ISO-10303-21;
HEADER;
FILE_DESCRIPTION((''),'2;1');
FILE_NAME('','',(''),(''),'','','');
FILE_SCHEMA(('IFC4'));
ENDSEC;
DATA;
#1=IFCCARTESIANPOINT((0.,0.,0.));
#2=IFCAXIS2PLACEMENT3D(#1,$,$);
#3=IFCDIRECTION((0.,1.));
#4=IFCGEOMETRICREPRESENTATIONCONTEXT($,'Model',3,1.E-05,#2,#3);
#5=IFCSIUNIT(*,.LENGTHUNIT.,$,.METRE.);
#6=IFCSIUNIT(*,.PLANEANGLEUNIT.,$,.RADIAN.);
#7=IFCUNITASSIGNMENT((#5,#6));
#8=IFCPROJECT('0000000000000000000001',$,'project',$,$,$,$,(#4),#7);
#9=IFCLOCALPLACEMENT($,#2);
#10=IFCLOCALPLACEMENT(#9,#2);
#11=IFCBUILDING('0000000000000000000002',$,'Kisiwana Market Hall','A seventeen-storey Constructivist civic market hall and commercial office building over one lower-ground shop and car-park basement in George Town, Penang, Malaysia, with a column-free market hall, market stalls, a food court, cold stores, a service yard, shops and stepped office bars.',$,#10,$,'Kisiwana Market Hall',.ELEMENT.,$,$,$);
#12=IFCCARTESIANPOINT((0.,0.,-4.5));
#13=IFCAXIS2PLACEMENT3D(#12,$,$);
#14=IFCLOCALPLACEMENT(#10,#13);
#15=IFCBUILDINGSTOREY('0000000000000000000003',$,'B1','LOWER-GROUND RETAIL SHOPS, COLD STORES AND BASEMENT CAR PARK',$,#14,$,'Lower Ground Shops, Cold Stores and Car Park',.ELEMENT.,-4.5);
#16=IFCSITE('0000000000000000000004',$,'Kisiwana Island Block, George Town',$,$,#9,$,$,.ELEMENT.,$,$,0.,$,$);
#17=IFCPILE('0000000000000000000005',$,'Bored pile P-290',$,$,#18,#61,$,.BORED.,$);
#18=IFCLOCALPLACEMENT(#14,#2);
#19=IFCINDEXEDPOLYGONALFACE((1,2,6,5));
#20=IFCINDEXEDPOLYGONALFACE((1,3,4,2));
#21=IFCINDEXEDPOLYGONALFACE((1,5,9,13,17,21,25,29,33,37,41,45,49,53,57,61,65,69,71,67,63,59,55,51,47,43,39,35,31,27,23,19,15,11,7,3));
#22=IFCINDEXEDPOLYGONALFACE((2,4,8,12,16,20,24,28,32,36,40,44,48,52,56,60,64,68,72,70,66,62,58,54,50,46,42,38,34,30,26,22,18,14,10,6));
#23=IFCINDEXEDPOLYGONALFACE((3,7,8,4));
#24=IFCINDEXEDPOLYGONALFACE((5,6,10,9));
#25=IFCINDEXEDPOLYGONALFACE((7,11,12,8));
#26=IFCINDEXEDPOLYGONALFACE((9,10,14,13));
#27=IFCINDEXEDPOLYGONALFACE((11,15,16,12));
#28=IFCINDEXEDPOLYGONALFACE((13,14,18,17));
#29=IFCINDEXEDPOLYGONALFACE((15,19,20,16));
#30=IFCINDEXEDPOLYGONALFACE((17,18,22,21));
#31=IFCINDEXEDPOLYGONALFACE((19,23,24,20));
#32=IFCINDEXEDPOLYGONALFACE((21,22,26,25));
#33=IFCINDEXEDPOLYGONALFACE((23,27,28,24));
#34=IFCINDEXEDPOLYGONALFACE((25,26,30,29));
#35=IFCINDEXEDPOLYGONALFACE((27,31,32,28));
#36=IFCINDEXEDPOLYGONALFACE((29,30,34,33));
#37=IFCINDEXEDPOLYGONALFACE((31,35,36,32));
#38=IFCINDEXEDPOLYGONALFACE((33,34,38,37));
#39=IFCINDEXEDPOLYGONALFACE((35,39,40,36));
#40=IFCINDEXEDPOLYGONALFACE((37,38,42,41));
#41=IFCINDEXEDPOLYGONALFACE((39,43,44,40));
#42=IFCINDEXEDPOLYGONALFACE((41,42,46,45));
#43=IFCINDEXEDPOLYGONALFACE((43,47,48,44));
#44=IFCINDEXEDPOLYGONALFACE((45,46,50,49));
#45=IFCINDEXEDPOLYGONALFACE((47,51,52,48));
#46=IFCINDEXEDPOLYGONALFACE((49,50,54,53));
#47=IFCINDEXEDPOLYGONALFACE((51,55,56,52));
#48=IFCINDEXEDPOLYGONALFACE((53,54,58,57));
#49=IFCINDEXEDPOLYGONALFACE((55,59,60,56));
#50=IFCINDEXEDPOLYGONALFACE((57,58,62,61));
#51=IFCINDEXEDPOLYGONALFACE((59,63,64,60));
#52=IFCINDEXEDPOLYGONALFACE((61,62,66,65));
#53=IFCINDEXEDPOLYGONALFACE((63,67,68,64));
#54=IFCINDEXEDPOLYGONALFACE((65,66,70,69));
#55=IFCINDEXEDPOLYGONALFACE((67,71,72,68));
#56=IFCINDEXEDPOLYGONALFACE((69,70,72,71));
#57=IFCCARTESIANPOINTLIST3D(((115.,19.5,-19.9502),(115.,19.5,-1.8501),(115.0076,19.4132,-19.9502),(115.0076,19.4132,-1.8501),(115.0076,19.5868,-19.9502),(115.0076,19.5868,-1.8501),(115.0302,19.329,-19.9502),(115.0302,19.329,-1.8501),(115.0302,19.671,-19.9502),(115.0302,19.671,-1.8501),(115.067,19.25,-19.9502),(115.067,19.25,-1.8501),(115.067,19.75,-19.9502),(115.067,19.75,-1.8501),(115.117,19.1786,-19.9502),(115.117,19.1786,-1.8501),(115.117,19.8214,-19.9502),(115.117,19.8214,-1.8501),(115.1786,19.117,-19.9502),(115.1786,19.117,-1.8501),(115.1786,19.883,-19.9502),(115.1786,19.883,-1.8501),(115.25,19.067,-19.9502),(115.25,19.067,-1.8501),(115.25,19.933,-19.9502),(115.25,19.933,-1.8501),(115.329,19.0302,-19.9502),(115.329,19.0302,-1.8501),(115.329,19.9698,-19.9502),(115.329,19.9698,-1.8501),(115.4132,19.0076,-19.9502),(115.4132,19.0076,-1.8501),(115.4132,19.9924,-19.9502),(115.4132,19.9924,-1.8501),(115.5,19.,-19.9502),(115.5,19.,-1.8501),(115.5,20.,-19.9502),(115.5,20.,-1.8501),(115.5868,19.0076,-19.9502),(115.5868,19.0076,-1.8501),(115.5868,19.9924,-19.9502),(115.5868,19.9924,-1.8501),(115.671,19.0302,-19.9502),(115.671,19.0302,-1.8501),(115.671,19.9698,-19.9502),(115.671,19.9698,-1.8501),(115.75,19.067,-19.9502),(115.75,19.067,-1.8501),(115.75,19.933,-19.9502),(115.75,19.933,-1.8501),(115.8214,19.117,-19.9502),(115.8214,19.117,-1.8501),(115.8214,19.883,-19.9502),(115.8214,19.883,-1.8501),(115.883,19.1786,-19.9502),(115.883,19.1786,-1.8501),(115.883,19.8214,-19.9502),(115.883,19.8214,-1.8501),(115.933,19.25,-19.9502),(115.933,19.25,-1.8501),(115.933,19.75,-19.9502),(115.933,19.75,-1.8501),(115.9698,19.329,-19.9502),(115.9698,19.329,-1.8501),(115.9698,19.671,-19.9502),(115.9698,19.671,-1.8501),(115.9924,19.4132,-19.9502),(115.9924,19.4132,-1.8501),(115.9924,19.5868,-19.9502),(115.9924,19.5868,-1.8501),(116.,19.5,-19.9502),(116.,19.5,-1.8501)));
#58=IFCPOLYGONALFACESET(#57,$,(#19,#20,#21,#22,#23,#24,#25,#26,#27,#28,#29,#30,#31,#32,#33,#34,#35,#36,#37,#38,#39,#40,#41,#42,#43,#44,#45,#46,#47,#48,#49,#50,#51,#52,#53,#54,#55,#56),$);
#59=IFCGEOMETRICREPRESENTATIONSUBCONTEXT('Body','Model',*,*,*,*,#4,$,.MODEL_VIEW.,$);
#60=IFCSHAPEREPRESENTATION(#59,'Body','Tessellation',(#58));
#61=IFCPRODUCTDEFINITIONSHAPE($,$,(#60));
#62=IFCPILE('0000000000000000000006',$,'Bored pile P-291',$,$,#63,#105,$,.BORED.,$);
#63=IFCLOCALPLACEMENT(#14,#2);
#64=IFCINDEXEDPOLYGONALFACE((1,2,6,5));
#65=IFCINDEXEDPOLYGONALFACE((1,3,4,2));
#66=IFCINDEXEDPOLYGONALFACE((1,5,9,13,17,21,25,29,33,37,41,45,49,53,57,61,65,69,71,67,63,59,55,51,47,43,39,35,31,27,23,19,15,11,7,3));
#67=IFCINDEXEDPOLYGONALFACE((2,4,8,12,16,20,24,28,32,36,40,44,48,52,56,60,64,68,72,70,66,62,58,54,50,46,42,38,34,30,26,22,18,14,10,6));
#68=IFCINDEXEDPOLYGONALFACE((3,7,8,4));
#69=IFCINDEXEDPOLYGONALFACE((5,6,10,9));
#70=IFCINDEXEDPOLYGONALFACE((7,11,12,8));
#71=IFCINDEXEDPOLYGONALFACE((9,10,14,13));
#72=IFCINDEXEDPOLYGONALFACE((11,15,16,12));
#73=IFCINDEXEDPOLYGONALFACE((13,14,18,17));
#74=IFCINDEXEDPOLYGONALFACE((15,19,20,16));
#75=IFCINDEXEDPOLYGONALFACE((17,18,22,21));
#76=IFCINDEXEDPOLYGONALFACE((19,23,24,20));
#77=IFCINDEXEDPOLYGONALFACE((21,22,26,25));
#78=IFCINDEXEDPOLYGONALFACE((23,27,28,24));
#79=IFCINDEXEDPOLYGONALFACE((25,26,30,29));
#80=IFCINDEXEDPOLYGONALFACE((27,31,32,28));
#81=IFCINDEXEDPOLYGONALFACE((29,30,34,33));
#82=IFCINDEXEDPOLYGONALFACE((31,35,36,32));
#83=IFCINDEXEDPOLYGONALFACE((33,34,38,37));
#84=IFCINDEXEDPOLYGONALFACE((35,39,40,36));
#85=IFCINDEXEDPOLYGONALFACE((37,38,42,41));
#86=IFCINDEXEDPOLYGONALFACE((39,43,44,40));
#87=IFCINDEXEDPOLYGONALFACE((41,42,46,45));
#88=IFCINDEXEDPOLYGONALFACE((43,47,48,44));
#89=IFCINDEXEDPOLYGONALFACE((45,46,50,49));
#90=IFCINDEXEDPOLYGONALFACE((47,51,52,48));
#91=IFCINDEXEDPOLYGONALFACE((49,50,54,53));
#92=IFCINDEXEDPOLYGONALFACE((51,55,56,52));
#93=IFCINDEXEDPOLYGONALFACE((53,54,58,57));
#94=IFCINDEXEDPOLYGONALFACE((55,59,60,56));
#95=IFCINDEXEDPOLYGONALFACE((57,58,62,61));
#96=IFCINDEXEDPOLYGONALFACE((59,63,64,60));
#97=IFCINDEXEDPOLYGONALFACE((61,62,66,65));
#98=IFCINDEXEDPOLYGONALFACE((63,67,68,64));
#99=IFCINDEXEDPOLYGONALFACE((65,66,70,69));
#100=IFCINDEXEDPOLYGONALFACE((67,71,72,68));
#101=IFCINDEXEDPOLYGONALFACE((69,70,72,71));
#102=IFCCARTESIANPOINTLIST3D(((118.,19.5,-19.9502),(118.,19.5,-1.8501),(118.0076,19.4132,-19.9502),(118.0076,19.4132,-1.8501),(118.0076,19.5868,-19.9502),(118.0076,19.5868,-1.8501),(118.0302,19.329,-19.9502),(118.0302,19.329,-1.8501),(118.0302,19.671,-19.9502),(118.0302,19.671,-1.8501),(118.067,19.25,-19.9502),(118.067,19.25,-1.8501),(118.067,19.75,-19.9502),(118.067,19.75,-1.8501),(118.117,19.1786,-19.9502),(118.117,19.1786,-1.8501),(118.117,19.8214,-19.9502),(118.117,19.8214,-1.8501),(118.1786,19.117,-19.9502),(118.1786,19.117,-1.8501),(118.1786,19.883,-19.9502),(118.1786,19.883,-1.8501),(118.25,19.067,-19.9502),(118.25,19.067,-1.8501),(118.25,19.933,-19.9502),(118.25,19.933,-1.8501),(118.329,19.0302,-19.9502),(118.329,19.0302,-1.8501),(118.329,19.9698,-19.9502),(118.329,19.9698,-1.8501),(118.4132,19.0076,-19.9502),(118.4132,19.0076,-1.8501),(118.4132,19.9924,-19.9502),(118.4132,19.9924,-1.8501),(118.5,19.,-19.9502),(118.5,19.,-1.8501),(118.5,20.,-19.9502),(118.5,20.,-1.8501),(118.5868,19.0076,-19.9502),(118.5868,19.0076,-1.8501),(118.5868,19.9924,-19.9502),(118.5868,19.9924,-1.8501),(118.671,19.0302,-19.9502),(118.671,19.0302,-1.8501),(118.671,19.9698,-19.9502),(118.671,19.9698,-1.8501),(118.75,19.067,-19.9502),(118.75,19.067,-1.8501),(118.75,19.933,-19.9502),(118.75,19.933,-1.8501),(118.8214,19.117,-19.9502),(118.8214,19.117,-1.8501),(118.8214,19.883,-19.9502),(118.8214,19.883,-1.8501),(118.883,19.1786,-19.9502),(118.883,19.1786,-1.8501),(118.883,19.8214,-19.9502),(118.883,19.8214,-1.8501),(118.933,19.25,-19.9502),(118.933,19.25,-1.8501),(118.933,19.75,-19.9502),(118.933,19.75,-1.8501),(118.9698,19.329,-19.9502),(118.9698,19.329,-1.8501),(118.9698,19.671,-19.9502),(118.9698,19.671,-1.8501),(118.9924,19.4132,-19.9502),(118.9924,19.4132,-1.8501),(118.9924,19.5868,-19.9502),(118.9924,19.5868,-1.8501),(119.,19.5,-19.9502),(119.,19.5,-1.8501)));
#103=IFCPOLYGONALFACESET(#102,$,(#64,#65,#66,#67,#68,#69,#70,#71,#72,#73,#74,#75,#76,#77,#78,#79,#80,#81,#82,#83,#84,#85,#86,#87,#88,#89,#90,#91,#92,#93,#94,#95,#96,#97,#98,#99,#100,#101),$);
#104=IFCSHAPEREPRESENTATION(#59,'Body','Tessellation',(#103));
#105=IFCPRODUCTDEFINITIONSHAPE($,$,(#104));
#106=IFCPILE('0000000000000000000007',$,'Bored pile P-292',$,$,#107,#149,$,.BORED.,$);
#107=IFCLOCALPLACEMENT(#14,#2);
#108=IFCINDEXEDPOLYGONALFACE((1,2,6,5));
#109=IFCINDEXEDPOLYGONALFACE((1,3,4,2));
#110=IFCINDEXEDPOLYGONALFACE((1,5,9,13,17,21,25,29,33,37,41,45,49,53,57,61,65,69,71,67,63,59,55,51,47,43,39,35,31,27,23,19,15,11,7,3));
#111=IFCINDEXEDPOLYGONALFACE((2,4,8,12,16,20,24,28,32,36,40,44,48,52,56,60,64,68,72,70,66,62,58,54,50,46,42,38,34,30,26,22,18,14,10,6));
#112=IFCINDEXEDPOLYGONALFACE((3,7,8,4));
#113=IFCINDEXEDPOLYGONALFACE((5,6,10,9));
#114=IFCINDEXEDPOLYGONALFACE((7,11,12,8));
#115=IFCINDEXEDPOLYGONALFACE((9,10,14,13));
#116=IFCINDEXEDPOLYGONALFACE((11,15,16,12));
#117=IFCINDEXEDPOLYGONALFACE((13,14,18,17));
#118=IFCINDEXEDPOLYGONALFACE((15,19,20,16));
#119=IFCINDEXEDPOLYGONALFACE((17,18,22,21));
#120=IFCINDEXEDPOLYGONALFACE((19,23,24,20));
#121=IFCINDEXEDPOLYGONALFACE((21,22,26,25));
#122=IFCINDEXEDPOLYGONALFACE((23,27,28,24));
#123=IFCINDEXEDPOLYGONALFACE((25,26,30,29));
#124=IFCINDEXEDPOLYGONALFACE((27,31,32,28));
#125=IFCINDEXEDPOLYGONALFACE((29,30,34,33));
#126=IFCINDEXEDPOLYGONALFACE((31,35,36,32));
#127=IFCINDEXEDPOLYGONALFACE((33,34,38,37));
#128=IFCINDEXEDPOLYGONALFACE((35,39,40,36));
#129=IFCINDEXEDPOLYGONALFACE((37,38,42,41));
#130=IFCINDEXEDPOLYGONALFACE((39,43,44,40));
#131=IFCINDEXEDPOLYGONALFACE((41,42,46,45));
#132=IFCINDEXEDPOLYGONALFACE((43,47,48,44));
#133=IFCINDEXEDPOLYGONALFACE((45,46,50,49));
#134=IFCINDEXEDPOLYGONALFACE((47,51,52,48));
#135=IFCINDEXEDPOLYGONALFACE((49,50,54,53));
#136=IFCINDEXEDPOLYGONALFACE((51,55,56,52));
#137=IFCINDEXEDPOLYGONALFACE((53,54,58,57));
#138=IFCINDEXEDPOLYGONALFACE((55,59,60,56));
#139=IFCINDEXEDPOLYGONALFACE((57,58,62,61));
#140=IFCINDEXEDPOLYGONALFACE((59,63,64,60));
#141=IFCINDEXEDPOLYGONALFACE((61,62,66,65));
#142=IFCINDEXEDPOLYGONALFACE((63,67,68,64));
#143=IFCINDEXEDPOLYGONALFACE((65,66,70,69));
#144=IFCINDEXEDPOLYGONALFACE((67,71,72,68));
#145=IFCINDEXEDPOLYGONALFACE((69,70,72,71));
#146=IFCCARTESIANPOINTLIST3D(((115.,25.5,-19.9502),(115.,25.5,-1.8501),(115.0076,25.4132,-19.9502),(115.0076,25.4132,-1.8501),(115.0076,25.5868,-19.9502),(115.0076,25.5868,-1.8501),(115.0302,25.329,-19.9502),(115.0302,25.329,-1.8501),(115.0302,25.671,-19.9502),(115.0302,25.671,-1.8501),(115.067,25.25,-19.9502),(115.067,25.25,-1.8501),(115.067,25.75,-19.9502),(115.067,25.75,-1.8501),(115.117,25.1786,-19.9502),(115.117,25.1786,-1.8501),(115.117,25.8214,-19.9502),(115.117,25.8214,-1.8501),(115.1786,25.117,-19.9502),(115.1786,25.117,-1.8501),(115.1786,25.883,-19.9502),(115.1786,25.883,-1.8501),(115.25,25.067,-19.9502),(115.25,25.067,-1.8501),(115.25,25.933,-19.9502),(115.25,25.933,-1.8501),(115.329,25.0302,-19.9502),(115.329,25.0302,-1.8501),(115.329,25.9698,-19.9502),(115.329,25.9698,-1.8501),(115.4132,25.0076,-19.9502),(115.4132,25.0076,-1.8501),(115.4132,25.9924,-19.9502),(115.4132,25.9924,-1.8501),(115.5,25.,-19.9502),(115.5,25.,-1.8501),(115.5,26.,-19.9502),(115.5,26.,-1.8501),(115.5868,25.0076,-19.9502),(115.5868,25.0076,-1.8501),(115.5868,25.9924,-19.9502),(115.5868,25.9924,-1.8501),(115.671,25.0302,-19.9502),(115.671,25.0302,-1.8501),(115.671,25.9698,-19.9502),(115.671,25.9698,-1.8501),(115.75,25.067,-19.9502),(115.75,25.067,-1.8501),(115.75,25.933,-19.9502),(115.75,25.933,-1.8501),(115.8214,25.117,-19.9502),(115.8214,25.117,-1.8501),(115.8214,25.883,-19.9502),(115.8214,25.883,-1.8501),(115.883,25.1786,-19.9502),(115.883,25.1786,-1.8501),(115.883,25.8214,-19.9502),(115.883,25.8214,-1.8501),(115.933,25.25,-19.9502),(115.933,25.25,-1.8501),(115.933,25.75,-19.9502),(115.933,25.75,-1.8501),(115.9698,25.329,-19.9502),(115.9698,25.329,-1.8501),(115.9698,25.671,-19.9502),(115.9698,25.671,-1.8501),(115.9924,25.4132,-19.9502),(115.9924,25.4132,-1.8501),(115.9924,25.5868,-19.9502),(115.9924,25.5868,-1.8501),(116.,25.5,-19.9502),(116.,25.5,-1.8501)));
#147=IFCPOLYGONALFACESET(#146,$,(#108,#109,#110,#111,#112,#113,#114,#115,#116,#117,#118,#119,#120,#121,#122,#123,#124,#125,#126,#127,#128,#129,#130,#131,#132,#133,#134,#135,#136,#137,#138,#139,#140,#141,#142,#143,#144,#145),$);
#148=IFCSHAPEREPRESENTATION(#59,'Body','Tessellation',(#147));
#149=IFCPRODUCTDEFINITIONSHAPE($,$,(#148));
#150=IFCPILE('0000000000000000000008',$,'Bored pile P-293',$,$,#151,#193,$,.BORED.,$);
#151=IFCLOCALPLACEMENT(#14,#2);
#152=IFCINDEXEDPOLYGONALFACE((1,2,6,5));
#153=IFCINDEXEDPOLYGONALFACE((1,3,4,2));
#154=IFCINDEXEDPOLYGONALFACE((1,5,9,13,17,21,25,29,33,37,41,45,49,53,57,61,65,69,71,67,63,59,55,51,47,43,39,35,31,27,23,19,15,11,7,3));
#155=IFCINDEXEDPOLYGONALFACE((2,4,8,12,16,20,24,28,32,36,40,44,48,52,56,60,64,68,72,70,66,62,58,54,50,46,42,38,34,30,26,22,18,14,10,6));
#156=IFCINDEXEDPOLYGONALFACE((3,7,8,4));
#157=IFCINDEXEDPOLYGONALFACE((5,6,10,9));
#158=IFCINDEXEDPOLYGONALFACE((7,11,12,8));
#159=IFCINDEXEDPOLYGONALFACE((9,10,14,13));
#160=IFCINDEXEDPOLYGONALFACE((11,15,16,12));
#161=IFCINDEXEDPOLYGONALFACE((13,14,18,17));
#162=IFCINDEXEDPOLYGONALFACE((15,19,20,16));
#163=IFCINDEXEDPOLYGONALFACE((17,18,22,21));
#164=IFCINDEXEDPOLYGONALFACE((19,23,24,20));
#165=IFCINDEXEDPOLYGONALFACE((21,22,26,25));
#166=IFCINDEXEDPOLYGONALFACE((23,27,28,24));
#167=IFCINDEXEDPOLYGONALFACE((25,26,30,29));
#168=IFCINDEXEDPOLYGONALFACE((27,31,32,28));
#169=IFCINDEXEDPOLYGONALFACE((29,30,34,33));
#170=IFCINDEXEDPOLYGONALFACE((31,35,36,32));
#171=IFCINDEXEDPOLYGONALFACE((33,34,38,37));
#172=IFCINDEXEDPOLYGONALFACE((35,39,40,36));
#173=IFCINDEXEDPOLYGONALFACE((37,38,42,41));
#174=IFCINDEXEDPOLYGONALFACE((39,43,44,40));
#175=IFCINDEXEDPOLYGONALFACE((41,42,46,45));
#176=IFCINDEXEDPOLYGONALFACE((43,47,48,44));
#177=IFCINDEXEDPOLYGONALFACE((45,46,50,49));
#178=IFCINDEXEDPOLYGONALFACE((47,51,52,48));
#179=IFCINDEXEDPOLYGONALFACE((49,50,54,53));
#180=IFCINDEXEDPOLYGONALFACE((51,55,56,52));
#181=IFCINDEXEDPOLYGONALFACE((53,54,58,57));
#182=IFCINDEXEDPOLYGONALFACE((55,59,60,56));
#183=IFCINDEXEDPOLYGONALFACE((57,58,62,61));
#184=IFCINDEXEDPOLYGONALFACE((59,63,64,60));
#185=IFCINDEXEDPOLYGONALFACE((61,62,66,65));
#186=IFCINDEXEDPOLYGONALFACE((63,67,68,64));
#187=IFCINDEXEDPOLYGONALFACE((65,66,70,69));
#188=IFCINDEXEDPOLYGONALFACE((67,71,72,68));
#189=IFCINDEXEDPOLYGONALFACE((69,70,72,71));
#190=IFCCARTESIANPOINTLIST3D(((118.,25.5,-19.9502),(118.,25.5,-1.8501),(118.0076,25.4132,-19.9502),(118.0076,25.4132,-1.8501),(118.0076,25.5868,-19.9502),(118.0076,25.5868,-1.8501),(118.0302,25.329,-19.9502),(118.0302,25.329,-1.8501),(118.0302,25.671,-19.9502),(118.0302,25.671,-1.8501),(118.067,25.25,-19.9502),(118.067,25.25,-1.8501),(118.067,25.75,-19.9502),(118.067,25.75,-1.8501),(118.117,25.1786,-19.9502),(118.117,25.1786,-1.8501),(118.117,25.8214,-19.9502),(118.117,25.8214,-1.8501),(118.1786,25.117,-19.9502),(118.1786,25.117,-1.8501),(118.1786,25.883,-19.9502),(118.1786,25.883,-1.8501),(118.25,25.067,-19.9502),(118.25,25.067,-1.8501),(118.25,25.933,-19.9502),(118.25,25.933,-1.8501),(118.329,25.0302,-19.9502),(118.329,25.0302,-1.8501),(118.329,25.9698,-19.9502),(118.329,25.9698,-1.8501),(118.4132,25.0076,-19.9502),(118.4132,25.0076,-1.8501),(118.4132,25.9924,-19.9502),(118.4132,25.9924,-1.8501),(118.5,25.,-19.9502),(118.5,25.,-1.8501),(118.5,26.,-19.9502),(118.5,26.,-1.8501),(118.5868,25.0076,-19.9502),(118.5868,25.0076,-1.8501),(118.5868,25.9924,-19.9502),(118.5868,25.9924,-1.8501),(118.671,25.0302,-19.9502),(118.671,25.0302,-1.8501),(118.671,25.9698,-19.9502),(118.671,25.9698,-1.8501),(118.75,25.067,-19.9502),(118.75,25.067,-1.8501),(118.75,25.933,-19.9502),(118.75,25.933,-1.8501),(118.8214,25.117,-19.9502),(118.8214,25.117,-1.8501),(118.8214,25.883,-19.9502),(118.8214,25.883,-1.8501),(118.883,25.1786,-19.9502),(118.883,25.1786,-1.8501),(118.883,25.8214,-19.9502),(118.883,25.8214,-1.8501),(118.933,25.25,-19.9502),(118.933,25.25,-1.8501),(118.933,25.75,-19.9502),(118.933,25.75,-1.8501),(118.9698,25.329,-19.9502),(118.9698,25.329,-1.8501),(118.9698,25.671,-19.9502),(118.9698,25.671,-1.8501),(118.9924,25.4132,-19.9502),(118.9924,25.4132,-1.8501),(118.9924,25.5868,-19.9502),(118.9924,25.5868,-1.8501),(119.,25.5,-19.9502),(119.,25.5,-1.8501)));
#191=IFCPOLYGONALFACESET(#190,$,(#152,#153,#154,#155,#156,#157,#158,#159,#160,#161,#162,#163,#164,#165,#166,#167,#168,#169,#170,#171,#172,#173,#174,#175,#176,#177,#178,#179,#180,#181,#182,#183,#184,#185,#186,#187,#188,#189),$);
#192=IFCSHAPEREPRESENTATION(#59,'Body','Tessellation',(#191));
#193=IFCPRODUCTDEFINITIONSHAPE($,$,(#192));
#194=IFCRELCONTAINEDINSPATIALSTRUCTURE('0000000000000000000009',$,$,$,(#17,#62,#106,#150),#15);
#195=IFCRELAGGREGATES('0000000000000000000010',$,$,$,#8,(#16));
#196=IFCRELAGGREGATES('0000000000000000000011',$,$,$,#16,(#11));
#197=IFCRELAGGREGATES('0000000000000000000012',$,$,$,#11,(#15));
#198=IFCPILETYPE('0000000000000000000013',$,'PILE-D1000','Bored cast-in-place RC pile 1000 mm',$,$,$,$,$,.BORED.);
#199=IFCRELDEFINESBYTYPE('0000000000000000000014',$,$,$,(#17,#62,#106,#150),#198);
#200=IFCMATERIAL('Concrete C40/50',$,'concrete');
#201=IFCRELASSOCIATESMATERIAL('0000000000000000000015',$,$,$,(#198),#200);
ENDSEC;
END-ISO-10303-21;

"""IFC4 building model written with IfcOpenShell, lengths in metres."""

from ifc_helpers import new_model, si_unit, direction, frame, origin, origin_2d, place, context, subcontext, project, spatial, circle, extrude, material, material_profile, profile_set, type_object, element, save


model = new_model("IFC4")

# Units and contexts
model_context = context("Model", 3, precision=1e-05, world=origin(), true_north=direction((0.0, 1.0)))
body_context = subcontext(model_context, "Body", "Model", "MODEL_VIEW")
ifc_project = project(units=[si_unit("LENGTHUNIT", "METRE"), si_unit("PLANEANGLEUNIT", "RADIAN")], contexts=[model_context])

# Site, building, storey
site_placement = place(None, origin())
site = spatial("IfcSite", under=ifc_project, at=site_placement, Name="Kisiwana Island Block, George Town", CompositionType="ELEMENT", RefElevation=0.0)
building_placement = place(site_placement, origin())
building = spatial("IfcBuilding", under=site, at=building_placement, Name="Kisiwana Market Hall", Description="A seventeen-storey Constructivist civic market hall and commercial office building over one lower-ground shop and car-park basement in George Town, Penang, Malaysia, with a column-free market hall, market stalls, a food court, cold stores, a service yard, shops and stepped office bars.", LongName="Kisiwana Market Hall", CompositionType="ELEMENT")
storey_placement = place(building_placement, frame((0.0, 0.0, -4.5)))
storey = spatial("IfcBuildingStorey", under=building, at=storey_placement, Name="B1", Description="LOWER-GROUND RETAIL SHOPS, COLD STORES AND BASEMENT CAR PARK", LongName="Lower Ground Shops, Cold Stores and Car Park", CompositionType="ELEMENT", Elevation=-4.5)

# Piles
ifc_material_1 = material(Name="Concrete C40/50", Category="concrete")
ifc_material_profile_1 = material_profile(ifc_material_1, circle(Radius=0.5, at=origin_2d()), Name="BP D1000")
ifc_profile_set_1 = profile_set([ifc_material_profile_1], Name="Concrete C40/50")
pile_type_1 = type_object("IfcPileType", Name="PILE-D1000", Description="Bored cast-in-place RC pile 1000 mm", PredefinedType="BORED", material=ifc_profile_set_1)
for number, where, z_axis, x_axis, name in (
    (1, (115.5, 19.5, -1.8501), (0.0, 0.0, -1.0), (1.0, 0.0, 0.0), "Bored pile P-290"),
    (2, (118.5, 19.5, -1.8501), (0.0, 0.0, -1.0), (1.0, 0.0, 0.0), "Bored pile P-291"),
    (3, (115.5, 25.5, -1.8501), (0.0, 0.0, -1.0), (1.0, 0.0, 0.0), "Bored pile P-292"),
    (4, (118.5, 25.5, -1.8501), (0.0, 0.0, -1.0), (1.0, 0.0, 0.0), "Bored pile P-293"),
):
    element("IfcPile", number, at=place(storey_placement, frame(where, z_axis=z_axis, x_axis=x_axis)), inside=storey, type_object=pile_type_1, Name=name, PredefinedType="BORED", context=body_context, shape_type="SweptSolid", body=[
        extrude(circle(Radius=0.5, at=origin_2d()), origin(), (0.0, 0.0, 1.0), 18.1001),
    ])

save(model, "model.ifc")
